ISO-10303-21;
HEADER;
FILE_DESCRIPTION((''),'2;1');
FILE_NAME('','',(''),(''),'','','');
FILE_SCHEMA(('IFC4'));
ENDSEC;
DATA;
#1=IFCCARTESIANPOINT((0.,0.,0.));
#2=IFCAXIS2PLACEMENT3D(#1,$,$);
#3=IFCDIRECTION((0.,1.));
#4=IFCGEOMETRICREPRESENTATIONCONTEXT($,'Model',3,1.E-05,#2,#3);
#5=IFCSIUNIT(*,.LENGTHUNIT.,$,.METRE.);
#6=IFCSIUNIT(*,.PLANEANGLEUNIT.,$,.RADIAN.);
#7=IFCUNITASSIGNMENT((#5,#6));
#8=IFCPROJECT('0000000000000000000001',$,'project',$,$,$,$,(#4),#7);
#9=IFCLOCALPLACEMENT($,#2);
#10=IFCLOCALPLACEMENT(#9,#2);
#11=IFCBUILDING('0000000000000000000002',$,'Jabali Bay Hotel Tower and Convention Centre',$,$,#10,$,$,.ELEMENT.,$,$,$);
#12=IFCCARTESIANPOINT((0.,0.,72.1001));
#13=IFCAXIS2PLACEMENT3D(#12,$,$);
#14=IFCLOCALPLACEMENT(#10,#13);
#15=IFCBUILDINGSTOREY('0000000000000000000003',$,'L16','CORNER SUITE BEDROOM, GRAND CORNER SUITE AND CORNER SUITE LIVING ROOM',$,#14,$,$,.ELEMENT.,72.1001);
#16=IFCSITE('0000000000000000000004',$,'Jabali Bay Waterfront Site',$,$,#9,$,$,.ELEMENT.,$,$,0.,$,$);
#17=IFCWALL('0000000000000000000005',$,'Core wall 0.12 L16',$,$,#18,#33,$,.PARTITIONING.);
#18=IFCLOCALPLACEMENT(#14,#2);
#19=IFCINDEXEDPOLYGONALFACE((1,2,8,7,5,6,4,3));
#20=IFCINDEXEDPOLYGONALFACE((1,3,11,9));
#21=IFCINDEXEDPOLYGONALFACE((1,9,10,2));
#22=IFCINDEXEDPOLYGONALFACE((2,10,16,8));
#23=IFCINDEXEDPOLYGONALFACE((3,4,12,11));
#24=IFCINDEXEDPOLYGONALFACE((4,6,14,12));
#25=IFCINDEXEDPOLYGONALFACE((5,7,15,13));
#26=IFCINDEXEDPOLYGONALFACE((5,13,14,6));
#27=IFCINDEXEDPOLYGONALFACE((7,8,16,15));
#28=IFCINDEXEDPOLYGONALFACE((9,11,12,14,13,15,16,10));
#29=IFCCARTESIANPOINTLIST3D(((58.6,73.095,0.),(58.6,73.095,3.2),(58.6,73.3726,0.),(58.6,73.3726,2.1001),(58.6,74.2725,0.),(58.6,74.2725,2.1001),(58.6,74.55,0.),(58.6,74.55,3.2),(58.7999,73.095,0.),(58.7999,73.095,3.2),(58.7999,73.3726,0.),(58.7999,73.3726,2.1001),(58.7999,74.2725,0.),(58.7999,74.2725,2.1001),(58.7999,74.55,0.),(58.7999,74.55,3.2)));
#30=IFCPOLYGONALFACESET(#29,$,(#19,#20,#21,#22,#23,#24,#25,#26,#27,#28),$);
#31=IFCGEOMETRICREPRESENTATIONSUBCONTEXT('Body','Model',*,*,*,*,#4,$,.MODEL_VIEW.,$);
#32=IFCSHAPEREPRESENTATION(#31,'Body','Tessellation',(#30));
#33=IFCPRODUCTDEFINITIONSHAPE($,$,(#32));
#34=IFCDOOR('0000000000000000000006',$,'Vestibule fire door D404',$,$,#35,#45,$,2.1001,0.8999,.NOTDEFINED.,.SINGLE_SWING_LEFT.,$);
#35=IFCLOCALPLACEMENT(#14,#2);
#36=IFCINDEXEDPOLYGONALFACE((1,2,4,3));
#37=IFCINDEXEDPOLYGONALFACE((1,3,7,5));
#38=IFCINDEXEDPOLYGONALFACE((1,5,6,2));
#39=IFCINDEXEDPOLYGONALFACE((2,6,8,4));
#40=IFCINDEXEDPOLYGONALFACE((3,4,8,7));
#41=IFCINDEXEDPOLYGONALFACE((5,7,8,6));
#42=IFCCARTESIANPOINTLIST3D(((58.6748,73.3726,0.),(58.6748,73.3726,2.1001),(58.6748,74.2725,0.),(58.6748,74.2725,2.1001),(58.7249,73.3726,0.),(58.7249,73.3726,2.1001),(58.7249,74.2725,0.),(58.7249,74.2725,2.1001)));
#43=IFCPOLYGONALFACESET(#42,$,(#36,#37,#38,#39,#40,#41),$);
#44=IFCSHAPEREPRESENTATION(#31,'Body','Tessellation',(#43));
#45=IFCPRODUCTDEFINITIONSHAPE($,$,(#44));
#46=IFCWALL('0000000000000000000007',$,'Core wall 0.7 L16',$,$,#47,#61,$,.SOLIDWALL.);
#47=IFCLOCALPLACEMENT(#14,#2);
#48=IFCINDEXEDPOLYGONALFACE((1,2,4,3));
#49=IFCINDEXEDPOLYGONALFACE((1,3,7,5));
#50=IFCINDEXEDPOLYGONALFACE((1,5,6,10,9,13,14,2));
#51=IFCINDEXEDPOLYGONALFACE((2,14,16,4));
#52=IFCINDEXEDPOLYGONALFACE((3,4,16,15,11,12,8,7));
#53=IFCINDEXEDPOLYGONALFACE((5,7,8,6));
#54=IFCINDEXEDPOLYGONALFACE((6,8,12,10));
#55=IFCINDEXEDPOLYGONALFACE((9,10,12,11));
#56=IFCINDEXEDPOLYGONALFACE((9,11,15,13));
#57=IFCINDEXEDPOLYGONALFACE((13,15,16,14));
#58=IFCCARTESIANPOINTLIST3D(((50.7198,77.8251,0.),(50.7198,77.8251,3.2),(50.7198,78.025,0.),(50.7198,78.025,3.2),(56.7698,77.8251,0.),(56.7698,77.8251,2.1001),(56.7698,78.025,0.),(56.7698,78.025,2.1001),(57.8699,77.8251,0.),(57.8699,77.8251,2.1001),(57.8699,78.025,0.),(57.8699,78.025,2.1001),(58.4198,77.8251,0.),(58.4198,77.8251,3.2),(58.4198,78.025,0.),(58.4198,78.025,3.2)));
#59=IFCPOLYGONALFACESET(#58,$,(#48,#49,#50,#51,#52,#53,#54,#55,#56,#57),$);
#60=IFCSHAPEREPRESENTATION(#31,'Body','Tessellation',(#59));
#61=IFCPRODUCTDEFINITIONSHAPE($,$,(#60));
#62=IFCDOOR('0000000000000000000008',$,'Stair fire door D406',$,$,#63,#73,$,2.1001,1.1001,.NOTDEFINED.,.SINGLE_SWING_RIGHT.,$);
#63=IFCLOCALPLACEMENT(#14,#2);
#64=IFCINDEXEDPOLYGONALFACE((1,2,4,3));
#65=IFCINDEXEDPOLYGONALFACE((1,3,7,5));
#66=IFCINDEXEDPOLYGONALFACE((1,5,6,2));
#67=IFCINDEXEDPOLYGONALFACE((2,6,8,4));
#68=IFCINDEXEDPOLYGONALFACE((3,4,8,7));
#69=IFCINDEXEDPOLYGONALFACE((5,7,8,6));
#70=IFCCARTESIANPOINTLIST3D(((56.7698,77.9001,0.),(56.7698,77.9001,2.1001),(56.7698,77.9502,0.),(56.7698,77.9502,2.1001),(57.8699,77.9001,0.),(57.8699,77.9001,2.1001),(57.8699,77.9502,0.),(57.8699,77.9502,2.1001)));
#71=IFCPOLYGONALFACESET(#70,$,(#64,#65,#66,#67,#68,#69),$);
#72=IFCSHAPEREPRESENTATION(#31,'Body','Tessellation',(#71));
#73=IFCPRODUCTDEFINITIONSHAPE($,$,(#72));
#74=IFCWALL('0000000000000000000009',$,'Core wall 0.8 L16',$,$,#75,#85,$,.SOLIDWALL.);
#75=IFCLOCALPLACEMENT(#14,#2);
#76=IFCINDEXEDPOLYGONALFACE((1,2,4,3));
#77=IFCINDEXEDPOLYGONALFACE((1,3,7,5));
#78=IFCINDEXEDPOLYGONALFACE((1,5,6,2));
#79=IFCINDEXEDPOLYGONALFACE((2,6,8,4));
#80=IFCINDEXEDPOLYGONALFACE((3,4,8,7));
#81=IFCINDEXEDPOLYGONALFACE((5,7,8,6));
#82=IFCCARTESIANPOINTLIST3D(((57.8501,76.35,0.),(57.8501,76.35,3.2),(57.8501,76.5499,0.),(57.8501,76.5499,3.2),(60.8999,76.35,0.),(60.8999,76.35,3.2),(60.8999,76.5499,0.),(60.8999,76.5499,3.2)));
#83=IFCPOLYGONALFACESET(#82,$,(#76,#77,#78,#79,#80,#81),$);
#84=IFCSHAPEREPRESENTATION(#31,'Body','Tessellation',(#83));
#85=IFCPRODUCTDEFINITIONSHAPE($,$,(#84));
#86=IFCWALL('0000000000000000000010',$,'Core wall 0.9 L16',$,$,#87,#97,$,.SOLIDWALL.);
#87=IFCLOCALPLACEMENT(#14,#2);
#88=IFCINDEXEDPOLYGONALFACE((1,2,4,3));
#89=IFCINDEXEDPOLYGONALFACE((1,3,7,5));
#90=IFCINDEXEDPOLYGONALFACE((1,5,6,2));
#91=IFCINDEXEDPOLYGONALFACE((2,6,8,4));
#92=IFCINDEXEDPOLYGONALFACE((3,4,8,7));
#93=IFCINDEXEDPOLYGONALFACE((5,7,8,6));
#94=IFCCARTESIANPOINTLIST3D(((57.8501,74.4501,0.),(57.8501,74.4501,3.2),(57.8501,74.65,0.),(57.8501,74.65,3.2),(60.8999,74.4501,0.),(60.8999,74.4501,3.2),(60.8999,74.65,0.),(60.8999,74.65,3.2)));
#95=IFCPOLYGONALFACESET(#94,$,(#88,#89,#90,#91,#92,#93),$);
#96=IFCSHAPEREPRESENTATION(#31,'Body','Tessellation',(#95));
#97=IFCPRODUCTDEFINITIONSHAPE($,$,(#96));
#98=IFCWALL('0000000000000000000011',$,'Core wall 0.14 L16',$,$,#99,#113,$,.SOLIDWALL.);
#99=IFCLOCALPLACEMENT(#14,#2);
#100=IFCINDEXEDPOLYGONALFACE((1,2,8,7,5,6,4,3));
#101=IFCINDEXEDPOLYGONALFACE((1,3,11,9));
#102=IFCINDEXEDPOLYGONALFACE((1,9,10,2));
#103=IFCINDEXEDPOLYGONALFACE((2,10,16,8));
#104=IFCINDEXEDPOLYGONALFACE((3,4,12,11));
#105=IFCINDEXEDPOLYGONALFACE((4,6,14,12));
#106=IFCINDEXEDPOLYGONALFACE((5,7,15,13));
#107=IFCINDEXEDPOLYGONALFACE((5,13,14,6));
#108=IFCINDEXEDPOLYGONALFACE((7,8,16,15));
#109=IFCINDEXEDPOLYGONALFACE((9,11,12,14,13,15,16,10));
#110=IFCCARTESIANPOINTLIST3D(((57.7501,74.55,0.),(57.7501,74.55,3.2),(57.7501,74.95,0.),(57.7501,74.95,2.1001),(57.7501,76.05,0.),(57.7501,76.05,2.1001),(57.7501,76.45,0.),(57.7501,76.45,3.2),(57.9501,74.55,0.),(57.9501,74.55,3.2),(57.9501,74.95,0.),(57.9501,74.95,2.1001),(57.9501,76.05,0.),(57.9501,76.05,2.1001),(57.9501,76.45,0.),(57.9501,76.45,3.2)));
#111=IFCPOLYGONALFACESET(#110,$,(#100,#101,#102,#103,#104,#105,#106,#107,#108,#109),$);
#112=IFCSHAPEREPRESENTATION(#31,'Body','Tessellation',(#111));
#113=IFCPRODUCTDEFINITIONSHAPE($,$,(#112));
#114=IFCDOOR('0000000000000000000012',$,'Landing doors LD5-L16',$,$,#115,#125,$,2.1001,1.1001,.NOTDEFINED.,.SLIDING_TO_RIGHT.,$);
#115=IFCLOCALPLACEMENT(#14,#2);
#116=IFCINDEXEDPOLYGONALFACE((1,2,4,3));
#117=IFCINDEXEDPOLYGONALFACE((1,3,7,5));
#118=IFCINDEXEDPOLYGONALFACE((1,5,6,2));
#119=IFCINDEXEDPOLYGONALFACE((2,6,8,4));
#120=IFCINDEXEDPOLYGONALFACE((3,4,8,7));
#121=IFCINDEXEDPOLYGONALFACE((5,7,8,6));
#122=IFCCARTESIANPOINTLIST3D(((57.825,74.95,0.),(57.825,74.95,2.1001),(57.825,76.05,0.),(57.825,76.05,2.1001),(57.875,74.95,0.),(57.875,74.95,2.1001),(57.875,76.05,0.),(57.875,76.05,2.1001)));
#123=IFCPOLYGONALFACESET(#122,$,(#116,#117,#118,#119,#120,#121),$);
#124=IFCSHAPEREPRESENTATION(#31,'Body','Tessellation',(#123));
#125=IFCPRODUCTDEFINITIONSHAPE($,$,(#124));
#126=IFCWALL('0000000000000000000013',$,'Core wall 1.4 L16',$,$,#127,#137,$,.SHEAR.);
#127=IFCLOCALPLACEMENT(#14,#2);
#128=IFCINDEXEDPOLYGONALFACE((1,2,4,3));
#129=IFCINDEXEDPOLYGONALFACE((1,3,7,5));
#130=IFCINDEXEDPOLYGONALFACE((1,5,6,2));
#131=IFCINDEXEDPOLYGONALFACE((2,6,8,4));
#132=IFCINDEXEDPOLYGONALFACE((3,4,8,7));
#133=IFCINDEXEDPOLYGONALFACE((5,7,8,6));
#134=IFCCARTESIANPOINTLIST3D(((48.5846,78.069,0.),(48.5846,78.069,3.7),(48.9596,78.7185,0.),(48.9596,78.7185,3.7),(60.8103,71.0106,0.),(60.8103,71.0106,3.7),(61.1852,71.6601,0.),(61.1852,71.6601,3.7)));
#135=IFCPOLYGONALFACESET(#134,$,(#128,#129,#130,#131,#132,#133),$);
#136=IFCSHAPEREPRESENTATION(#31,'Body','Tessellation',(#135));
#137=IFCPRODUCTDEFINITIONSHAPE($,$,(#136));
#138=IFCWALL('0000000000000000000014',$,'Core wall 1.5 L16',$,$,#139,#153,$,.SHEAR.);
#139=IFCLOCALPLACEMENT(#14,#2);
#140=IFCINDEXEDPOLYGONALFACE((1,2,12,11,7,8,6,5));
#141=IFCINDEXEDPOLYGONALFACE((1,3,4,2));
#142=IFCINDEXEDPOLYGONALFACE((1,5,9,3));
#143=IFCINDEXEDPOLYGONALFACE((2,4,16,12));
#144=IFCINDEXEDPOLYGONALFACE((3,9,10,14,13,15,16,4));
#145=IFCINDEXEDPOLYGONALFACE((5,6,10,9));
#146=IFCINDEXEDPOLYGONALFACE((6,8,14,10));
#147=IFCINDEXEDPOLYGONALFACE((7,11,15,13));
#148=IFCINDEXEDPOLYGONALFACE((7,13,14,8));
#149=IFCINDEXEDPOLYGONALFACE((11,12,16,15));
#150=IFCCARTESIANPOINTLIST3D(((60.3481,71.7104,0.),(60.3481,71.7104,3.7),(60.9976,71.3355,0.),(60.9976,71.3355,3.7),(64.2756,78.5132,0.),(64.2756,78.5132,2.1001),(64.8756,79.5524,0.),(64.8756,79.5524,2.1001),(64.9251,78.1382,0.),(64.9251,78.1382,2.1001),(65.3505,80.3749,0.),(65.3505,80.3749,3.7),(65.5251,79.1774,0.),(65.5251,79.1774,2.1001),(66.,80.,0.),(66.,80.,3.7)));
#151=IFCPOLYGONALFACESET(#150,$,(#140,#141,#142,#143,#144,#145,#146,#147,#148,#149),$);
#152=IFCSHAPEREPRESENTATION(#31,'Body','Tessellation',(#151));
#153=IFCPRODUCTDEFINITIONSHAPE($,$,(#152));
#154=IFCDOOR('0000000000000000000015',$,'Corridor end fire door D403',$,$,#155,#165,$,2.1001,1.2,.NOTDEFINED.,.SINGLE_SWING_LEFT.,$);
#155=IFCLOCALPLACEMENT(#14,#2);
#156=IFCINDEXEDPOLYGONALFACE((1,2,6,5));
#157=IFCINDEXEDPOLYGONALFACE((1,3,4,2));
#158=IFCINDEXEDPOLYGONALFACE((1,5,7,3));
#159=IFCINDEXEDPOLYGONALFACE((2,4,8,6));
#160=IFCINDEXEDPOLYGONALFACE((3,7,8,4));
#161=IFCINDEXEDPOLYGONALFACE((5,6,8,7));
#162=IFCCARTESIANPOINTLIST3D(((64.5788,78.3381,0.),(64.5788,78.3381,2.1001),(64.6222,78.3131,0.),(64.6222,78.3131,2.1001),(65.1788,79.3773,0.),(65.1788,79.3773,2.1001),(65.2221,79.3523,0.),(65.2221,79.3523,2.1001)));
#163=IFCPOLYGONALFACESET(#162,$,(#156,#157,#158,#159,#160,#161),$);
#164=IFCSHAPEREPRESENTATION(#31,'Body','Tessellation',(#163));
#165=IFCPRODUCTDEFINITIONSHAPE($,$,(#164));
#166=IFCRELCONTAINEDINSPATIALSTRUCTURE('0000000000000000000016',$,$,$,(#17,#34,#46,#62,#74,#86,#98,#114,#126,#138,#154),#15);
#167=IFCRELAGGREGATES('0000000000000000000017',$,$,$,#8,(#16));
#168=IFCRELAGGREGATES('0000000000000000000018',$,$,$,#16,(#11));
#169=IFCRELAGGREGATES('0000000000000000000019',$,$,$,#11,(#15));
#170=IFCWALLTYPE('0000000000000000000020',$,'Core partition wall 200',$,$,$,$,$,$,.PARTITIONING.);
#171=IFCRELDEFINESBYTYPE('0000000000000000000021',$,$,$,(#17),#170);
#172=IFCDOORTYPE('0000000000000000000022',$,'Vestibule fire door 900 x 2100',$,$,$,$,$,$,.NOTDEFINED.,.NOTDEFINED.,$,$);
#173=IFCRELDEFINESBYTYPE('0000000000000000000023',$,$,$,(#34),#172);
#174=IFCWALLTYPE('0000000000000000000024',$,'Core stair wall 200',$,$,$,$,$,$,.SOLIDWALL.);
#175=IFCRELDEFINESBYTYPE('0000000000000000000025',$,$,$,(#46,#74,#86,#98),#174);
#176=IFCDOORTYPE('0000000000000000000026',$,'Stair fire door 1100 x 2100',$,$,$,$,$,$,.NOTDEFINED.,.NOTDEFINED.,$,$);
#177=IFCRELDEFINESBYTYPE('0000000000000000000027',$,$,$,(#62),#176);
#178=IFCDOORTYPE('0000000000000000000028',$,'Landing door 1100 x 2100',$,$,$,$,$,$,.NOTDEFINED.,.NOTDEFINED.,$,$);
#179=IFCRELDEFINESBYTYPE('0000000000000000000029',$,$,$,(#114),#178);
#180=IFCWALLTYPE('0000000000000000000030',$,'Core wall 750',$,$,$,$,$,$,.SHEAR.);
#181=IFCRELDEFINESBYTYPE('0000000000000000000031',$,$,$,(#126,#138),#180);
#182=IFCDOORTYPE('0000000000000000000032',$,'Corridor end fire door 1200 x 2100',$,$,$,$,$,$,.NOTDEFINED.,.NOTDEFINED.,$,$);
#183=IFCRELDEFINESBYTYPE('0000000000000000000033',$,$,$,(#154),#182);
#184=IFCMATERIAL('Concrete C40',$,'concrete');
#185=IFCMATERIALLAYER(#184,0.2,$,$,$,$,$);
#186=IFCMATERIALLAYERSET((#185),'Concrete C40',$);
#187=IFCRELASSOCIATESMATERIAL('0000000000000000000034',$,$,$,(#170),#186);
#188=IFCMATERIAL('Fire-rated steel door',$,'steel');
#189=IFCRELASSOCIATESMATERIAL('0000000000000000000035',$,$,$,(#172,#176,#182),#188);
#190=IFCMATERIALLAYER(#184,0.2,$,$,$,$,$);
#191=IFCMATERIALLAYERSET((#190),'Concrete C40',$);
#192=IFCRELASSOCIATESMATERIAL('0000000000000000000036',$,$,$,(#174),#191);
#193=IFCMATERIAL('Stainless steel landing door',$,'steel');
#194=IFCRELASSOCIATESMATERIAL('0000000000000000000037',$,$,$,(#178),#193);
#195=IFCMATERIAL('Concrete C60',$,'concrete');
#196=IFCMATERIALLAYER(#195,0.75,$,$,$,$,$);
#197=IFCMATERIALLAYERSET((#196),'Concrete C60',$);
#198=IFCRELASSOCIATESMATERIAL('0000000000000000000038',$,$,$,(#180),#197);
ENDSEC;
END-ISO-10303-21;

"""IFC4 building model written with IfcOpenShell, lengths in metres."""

from ifc_helpers import new_model, si_unit, direction, frame, frame_2d, origin, place, context, subcontext, project, spatial, rectangle, extrude, material, layer, layer_set, type_object, element, fill, save


model = new_model("IFC4")

# Units and contexts
model_context = context("Model", 3, precision=1e-05, world=origin(), true_north=direction((0.0, 1.0)))
body_context = subcontext(model_context, "Body", "Model", "MODEL_VIEW")
ifc_project = project(units=[si_unit("LENGTHUNIT", "METRE"), si_unit("PLANEANGLEUNIT", "RADIAN")], contexts=[model_context])

# Site, building, storey
site_placement = place(None, origin())
site = spatial("IfcSite", under=ifc_project, at=site_placement, Name="Jabali Bay Waterfront Site", CompositionType="ELEMENT", RefElevation=0.0)
building_placement = place(site_placement, origin())
building = spatial("IfcBuilding", under=site, at=building_placement, Name="Jabali Bay Hotel Tower and Convention Centre", CompositionType="ELEMENT")
storey_placement = place(building_placement, frame((0.0, 0.0, 72.1001)))
storey = spatial("IfcBuildingStorey", under=building, at=storey_placement, Name="L16", Description="CORNER SUITE BEDROOM, GRAND CORNER SUITE AND CORNER SUITE LIVING ROOM", CompositionType="ELEMENT", Elevation=72.1001)

# Walls, openings, doors
ifc_material_1 = material(Name="Concrete C40", Category="concrete")
ifc_layer_1 = layer(ifc_material_1, 0.2)
ifc_layer_set_1 = layer_set([ifc_layer_1], Name="Concrete C40")
wall_type_1 = type_object("IfcWallType", Name="Core partition wall 200", PredefinedType="PARTITIONING", material=ifc_layer_set_1)
wall_1_placement = place(storey_placement, frame((58.7, 74.55, 0.0), z_axis=(0.0, 0.0, 1.0), x_axis=(0.0, -1.0, 0.0)))
wall_1 = element("IfcWall", 1, at=wall_1_placement, inside=storey, type_object=wall_type_1, Name="Core wall 0.12 L16", PredefinedType="PARTITIONING", context=body_context, shape_type="SweptSolid", body=[
    extrude(rectangle(XDim=1.4551, YDim=0.2, at=frame_2d((0.7275, 0.0))), origin(), (0.0, 0.0, 1.0), 3.2),
])
opening_1_placement = place(wall_1_placement, frame((0.2776, 0.0, 0.0)))
opening_1 = element("IfcOpeningElement", 2, at=opening_1_placement, cuts=wall_1, PredefinedType="OPENING", context=body_context, shape_type="SweptSolid", body=[
    extrude(rectangle(XDim=0.8999, YDim=2.1001, at=frame_2d((0.45, 1.05))), frame((0.0, 0.1104, 0.0), z_axis=(0.0, -1.0, 0.0), x_axis=(1.0, 0.0, 0.0)), (0.0, 0.0, 1.0), 0.2209),
])
ifc_material_2 = material(Name="Fire-rated steel door", Category="steel")
door_type_1 = type_object("IfcDoorType", Name="Vestibule fire door 900 x 2100", OperationType="NOTDEFINED", PredefinedType="NOTDEFINED", material=ifc_material_2)
door_1_placement = place(opening_1_placement, origin())
door_1 = element("IfcDoor", 3, at=door_1_placement, inside=storey, type_object=door_type_1, Name="Vestibule fire door D404", OperationType="SINGLE_SWING_LEFT", OverallHeight=2.1001, OverallWidth=0.8999, PredefinedType="NOTDEFINED", context=body_context, shape_type="SweptSolid", body=[
    extrude(rectangle(XDim=0.8999, YDim=2.1001, at=frame_2d((0.45, 1.05))), frame((0.0, 0.0249, 0.0), z_axis=(0.0, -1.0, 0.0), x_axis=(1.0, 0.0, 0.0)), (0.0, 0.0, 1.0), 0.05),
])
fill(opening_1, door_1)
ifc_layer_2 = layer(ifc_material_1, 0.2)
ifc_layer_set_2 = layer_set([ifc_layer_2], Name="Concrete C40")
wall_type_2 = type_object("IfcWallType", Name="Core stair wall 200", PredefinedType="SOLIDWALL", material=ifc_layer_set_2)
wall_2_placement = place(storey_placement, frame((58.4199, 77.925, 0.0), z_axis=(0.0, 0.0, 1.0), x_axis=(-1.0, 0.0, 0.0)))
wall_2 = element("IfcWall", 4, at=wall_2_placement, inside=storey, type_object=wall_type_2, Name="Core wall 0.7 L16", PredefinedType="SOLIDWALL", context=body_context, shape_type="SweptSolid", body=[
    extrude(rectangle(XDim=7.7, YDim=0.2, at=frame_2d((3.8501, 0.0))), origin(), (0.0, 0.0, 1.0), 3.2),
])
opening_2_placement = place(wall_2_placement, frame((0.55, 0.0, 0.0)))
opening_2 = element("IfcOpeningElement", 5, at=opening_2_placement, cuts=wall_2, PredefinedType="OPENING", context=body_context, shape_type="SweptSolid", body=[
    extrude(rectangle(XDim=1.1001, YDim=2.1001, at=frame_2d((0.55, 1.05))), frame((0.0, 0.1104, 0.0), z_axis=(0.0, -1.0, 0.0), x_axis=(1.0, 0.0, 0.0)), (0.0, 0.0, 1.0), 0.2209),
])
door_type_2 = type_object("IfcDoorType", Name="Stair fire door 1100 x 2100", OperationType="NOTDEFINED", PredefinedType="NOTDEFINED", material=ifc_material_2)
door_2_placement = place(opening_2_placement, origin())
door_2 = element("IfcDoor", 6, at=door_2_placement, inside=storey, type_object=door_type_2, Name="Stair fire door D406", OperationType="SINGLE_SWING_RIGHT", OverallHeight=2.1001, OverallWidth=1.1001, PredefinedType="NOTDEFINED", context=body_context, shape_type="SweptSolid", body=[
    extrude(rectangle(XDim=1.1001, YDim=2.1001, at=frame_2d((0.55, 1.05))), frame((0.0, 0.0249, 0.0), z_axis=(0.0, -1.0, 0.0), x_axis=(1.0, 0.0, 0.0)), (0.0, 0.0, 1.0), 0.05),
])
fill(opening_2, door_2)

# Walls
for number, where, z_axis, x_axis, name in (
    (7, (60.8999, 76.45, 0.0), (0.0, 0.0, 1.0), (-1.0, 0.0, 0.0), "Core wall 0.8 L16"),
    (8, (60.8999, 74.55, 0.0), (0.0, 0.0, 1.0), (-1.0, 0.0, 0.0), "Core wall 0.9 L16"),
):
    element("IfcWall", number, at=place(storey_placement, frame(where, z_axis=z_axis, x_axis=x_axis)), inside=storey, type_object=wall_type_2, Name=name, PredefinedType="SOLIDWALL", context=body_context, shape_type="SweptSolid", body=[
        extrude(rectangle(XDim=3.0498, YDim=0.2, at=frame_2d((1.5249, 0.0))), origin(), (0.0, 0.0, 1.0), 3.2),
    ])

# Wall, opening, door
wall_3_placement = place(storey_placement, frame((57.8501, 76.45, 0.0), z_axis=(0.0, 0.0, 1.0), x_axis=(0.0, -1.0, 0.0)))
wall_3 = element("IfcWall", 9, at=wall_3_placement, inside=storey, type_object=wall_type_2, Name="Core wall 0.14 L16", PredefinedType="SOLIDWALL", context=body_context, shape_type="SweptSolid", body=[
    extrude(rectangle(XDim=1.8999, YDim=0.2, at=frame_2d((0.95, 0.0))), origin(), (0.0, 0.0, 1.0), 3.2),
])
opening_3_placement = place(wall_3_placement, frame((0.3999, 0.0, 0.0)))
opening_3 = element("IfcOpeningElement", 10, at=opening_3_placement, cuts=wall_3, PredefinedType="OPENING", context=body_context, shape_type="SweptSolid", body=[
    extrude(rectangle(XDim=1.1001, YDim=2.1001, at=frame_2d((0.55, 1.05))), frame((0.0, 0.1104, 0.0), z_axis=(0.0, -1.0, 0.0), x_axis=(1.0, 0.0, 0.0)), (0.0, 0.0, 1.0), 0.2209),
])
ifc_material_3 = material(Name="Stainless steel landing door", Category="steel")
door_type_3 = type_object("IfcDoorType", Name="Landing door 1100 x 2100", OperationType="NOTDEFINED", PredefinedType="NOTDEFINED", material=ifc_material_3)
door_3_placement = place(opening_3_placement, origin())
door_3 = element("IfcDoor", 11, at=door_3_placement, inside=storey, type_object=door_type_3, Name="Landing doors LD5-L16", OperationType="SLIDING_TO_RIGHT", OverallHeight=2.1001, OverallWidth=1.1001, PredefinedType="NOTDEFINED", context=body_context, shape_type="SweptSolid", body=[
    extrude(rectangle(XDim=1.1001, YDim=2.1001, at=frame_2d((0.55, 1.05))), frame((0.0, 0.0249, 0.0), z_axis=(0.0, -1.0, 0.0), x_axis=(1.0, 0.0, 0.0)), (0.0, 0.0, 1.0), 0.05),
])
fill(opening_3, door_3)

# Wall
ifc_material_4 = material(Name="Concrete C60", Category="concrete")
ifc_layer_3 = layer(ifc_material_4, 0.75)
ifc_layer_set_3 = layer_set([ifc_layer_3], Name="Concrete C60")
wall_type_3 = type_object("IfcWallType", Name="Core wall 750", PredefinedType="SHEAR", material=ifc_layer_set_3)
wall_4_placement = place(storey_placement, frame((48.772, 78.3938, 0.0), z_axis=(0.0, 0.0, 1.0), x_axis=(0.866028, -0.499995, 0.0)))
element("IfcWall", 12, at=wall_4_placement, inside=storey, type_object=wall_type_3, Name="Core wall 1.4 L16", PredefinedType="SHEAR", context=body_context, shape_type="SweptSolid", body=[
    extrude(rectangle(XDim=14.1169, YDim=0.75, at=frame_2d((7.0586, 0.0))), origin(), (0.0, 0.0, 1.0), 3.7),
])

# Wall, opening, door
wall_5_placement = place(storey_placement, frame((60.6729, 71.5229, 0.0), z_axis=(0.0, 0.0, 1.0), x_axis=(0.499997, 0.866027, 0.0)))
wall_5 = element("IfcWall", 13, at=wall_5_placement, inside=storey, type_object=wall_type_3, Name="Core wall 1.5 L16", PredefinedType="SHEAR", context=body_context, shape_type="SweptSolid", body=[
    extrude(rectangle(XDim=10.0049, YDim=0.75, at=frame_2d((5.0024, 0.0))), origin(), (0.0, 0.0, 1.0), 3.7),
])
opening_4_placement = place(wall_5_placement, frame((7.855, 0.0, 0.0)))
opening_4 = element("IfcOpeningElement", 14, at=opening_4_placement, cuts=wall_5, PredefinedType="OPENING", context=body_context, shape_type="SweptSolid", body=[
    extrude(rectangle(XDim=1.2, YDim=2.1001, at=frame_2d((0.6001, 1.05))), frame((0.0, 0.3855, 0.0), z_axis=(0.0, -1.0, 0.0), x_axis=(1.0, 0.0, 0.0)), (0.0, 0.0, 1.0), 0.771),
])
door_type_4 = type_object("IfcDoorType", Name="Corridor end fire door 1200 x 2100", OperationType="NOTDEFINED", PredefinedType="NOTDEFINED", material=ifc_material_2)
door_4_placement = place(opening_4_placement, origin())
door_4 = element("IfcDoor", 15, at=door_4_placement, inside=storey, type_object=door_type_4, Name="Corridor end fire door D403", OperationType="SINGLE_SWING_LEFT", OverallHeight=2.1001, OverallWidth=1.2, PredefinedType="NOTDEFINED", context=body_context, shape_type="SweptSolid", body=[
    extrude(rectangle(XDim=1.2, YDim=2.1001, at=frame_2d((0.6001, 1.05))), frame((0.0, 0.0249, 0.0), z_axis=(0.0, -1.0, 0.0), x_axis=(1.0, 0.0, 0.0)), (0.0, 0.0, 1.0), 0.05),
])
fill(opening_4, door_4)

save(model, "model.ifc")
